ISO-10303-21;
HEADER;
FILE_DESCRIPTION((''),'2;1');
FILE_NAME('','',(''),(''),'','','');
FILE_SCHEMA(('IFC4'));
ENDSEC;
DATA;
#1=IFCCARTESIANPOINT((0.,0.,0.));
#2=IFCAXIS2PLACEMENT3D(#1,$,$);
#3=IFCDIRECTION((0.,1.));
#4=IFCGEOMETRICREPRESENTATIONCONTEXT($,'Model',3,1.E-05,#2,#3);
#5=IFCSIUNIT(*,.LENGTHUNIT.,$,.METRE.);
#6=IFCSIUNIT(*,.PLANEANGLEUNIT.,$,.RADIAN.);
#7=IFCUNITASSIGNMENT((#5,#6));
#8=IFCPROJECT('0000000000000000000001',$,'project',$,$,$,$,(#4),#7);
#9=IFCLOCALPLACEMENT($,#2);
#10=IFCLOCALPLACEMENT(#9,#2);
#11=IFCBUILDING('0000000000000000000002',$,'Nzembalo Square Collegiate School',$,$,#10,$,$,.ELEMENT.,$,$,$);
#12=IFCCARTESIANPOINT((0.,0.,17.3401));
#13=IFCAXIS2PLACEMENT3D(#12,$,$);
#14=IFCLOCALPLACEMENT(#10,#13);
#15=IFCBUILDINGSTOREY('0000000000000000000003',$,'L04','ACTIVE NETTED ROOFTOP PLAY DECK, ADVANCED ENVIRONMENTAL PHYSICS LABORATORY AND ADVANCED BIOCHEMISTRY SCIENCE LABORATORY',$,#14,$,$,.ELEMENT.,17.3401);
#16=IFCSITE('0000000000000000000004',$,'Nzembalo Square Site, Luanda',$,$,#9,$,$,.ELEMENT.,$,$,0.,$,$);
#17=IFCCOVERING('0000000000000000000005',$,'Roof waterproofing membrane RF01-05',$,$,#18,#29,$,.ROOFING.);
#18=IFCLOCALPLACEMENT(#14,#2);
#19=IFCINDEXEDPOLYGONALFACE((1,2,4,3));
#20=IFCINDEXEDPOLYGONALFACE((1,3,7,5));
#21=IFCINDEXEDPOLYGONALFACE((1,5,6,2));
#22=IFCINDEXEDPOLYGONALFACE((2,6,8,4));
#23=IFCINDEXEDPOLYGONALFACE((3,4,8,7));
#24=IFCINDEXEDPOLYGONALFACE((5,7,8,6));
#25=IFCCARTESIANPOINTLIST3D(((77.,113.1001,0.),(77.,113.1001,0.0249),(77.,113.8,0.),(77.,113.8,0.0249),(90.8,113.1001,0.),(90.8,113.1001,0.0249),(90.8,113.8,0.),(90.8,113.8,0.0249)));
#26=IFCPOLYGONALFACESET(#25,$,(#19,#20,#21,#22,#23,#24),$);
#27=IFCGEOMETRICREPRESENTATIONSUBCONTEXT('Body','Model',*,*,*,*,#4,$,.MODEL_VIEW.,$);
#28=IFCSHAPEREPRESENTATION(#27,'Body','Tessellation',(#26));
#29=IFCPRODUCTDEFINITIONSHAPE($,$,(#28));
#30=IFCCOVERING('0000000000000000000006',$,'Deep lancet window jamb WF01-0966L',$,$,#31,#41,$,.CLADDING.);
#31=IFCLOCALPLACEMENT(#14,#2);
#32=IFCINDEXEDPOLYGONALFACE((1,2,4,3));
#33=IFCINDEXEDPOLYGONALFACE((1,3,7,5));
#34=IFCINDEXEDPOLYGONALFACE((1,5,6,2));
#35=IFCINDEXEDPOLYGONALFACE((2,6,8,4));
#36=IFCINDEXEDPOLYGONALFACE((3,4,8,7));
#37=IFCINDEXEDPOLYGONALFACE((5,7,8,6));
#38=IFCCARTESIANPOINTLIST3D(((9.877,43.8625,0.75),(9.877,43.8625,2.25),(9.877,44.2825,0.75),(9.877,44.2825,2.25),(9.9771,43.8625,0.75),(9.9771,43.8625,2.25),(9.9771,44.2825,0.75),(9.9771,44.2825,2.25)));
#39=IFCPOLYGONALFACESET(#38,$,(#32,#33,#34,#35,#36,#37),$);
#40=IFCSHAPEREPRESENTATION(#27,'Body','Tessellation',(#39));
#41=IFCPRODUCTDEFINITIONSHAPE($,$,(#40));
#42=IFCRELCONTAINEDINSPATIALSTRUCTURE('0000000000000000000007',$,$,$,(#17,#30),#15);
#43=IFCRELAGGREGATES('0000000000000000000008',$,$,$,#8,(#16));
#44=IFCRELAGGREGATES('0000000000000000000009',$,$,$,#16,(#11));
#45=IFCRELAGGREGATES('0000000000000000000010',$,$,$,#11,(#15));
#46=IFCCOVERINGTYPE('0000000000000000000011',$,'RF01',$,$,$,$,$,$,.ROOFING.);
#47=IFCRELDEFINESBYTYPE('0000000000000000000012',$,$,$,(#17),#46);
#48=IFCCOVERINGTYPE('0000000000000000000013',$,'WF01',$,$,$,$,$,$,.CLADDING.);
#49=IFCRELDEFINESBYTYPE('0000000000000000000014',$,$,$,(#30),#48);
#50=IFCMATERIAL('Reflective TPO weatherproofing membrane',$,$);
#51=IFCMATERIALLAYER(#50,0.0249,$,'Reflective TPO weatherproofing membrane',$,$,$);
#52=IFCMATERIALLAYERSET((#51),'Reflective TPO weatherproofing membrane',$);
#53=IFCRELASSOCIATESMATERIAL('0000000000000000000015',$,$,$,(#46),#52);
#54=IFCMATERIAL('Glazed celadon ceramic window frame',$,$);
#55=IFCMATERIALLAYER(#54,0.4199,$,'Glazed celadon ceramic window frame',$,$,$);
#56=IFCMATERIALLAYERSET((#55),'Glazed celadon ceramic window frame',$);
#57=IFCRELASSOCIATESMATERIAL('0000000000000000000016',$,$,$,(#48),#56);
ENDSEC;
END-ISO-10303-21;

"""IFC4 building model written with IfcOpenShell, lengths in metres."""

from ifc_helpers import new_model, si_unit, direction, frame, origin, origin_2d, place, context, subcontext, project, spatial, polyline, rectangle, outline, extrude, material, layer, layer_set, type_object, element, save


model = new_model("IFC4")

# Units and contexts
model_context = context("Model", 3, precision=1e-05, world=origin(), true_north=direction((0.0, 1.0)))
body_context = subcontext(model_context, "Body", "Model", "MODEL_VIEW")
ifc_project = project(units=[si_unit("LENGTHUNIT", "METRE"), si_unit("PLANEANGLEUNIT", "RADIAN")], contexts=[model_context])

# Site, building, storey
site_placement = place(None, origin())
site = spatial("IfcSite", under=ifc_project, at=site_placement, Name="Nzembalo Square Site, Luanda", CompositionType="ELEMENT", RefElevation=0.0)
building_placement = place(site_placement, origin())
building = spatial("IfcBuilding", under=site, at=building_placement, Name="Nzembalo Square Collegiate School", CompositionType="ELEMENT")
storey_placement = place(building_placement, frame((0.0, 0.0, 17.3401)))
storey = spatial("IfcBuildingStorey", under=building, at=storey_placement, Name="L04", Description="ACTIVE NETTED ROOFTOP PLAY DECK, ADVANCED ENVIRONMENTAL PHYSICS LABORATORY AND ADVANCED BIOCHEMISTRY SCIENCE LABORATORY", CompositionType="ELEMENT", Elevation=17.3401)

# Coverings
ifc_material_1 = material(Name="Reflective TPO weatherproofing membrane")
ifc_layer_1 = layer(ifc_material_1, 0.0249, Name="Reflective TPO weatherproofing membrane")
ifc_layer_set_1 = layer_set([ifc_layer_1], Name="Reflective TPO weatherproofing membrane")
covering_type_1 = type_object("IfcCoveringType", Name="RF01", PredefinedType="ROOFING", material=ifc_layer_set_1)
covering_1_placement = place(storey_placement, origin())
element("IfcCovering", 1, at=covering_1_placement, inside=storey, type_object=covering_type_1, Name="Roof waterproofing membrane RF01-05", PredefinedType="ROOFING", context=body_context, shape_type="SweptSolid", body=[
    extrude(outline(polyline([(77.0, 113.1001), (90.8, 113.1001), (90.8, 113.8), (77.0, 113.8), (77.0, 113.1001)])), origin(), (0.0, 0.0, 1.0), 0.0249),
])
ifc_material_2 = material(Name="Glazed celadon ceramic window frame")
ifc_layer_2 = layer(ifc_material_2, 0.4199, Name="Glazed celadon ceramic window frame")
ifc_layer_set_2 = layer_set([ifc_layer_2], Name="Glazed celadon ceramic window frame")
covering_type_2 = type_object("IfcCoveringType", Name="WF01", PredefinedType="CLADDING", material=ifc_layer_set_2)
covering_2_placement = place(storey_placement, frame((9.927, 44.0725, 0.75), z_axis=(0.0, 0.0, 1.0), x_axis=(1.0, 0.0, 0.0)))
element("IfcCovering", 2, at=covering_2_placement, inside=storey, type_object=covering_type_2, Name="Deep lancet window jamb WF01-0966L", PredefinedType="CLADDING", context=body_context, shape_type="SweptSolid", body=[
    extrude(rectangle(XDim=0.1001, YDim=0.4199, at=origin_2d()), origin(), (0.0, 0.0, 1.0), 1.5),
])

save(model, "model.ifc")
